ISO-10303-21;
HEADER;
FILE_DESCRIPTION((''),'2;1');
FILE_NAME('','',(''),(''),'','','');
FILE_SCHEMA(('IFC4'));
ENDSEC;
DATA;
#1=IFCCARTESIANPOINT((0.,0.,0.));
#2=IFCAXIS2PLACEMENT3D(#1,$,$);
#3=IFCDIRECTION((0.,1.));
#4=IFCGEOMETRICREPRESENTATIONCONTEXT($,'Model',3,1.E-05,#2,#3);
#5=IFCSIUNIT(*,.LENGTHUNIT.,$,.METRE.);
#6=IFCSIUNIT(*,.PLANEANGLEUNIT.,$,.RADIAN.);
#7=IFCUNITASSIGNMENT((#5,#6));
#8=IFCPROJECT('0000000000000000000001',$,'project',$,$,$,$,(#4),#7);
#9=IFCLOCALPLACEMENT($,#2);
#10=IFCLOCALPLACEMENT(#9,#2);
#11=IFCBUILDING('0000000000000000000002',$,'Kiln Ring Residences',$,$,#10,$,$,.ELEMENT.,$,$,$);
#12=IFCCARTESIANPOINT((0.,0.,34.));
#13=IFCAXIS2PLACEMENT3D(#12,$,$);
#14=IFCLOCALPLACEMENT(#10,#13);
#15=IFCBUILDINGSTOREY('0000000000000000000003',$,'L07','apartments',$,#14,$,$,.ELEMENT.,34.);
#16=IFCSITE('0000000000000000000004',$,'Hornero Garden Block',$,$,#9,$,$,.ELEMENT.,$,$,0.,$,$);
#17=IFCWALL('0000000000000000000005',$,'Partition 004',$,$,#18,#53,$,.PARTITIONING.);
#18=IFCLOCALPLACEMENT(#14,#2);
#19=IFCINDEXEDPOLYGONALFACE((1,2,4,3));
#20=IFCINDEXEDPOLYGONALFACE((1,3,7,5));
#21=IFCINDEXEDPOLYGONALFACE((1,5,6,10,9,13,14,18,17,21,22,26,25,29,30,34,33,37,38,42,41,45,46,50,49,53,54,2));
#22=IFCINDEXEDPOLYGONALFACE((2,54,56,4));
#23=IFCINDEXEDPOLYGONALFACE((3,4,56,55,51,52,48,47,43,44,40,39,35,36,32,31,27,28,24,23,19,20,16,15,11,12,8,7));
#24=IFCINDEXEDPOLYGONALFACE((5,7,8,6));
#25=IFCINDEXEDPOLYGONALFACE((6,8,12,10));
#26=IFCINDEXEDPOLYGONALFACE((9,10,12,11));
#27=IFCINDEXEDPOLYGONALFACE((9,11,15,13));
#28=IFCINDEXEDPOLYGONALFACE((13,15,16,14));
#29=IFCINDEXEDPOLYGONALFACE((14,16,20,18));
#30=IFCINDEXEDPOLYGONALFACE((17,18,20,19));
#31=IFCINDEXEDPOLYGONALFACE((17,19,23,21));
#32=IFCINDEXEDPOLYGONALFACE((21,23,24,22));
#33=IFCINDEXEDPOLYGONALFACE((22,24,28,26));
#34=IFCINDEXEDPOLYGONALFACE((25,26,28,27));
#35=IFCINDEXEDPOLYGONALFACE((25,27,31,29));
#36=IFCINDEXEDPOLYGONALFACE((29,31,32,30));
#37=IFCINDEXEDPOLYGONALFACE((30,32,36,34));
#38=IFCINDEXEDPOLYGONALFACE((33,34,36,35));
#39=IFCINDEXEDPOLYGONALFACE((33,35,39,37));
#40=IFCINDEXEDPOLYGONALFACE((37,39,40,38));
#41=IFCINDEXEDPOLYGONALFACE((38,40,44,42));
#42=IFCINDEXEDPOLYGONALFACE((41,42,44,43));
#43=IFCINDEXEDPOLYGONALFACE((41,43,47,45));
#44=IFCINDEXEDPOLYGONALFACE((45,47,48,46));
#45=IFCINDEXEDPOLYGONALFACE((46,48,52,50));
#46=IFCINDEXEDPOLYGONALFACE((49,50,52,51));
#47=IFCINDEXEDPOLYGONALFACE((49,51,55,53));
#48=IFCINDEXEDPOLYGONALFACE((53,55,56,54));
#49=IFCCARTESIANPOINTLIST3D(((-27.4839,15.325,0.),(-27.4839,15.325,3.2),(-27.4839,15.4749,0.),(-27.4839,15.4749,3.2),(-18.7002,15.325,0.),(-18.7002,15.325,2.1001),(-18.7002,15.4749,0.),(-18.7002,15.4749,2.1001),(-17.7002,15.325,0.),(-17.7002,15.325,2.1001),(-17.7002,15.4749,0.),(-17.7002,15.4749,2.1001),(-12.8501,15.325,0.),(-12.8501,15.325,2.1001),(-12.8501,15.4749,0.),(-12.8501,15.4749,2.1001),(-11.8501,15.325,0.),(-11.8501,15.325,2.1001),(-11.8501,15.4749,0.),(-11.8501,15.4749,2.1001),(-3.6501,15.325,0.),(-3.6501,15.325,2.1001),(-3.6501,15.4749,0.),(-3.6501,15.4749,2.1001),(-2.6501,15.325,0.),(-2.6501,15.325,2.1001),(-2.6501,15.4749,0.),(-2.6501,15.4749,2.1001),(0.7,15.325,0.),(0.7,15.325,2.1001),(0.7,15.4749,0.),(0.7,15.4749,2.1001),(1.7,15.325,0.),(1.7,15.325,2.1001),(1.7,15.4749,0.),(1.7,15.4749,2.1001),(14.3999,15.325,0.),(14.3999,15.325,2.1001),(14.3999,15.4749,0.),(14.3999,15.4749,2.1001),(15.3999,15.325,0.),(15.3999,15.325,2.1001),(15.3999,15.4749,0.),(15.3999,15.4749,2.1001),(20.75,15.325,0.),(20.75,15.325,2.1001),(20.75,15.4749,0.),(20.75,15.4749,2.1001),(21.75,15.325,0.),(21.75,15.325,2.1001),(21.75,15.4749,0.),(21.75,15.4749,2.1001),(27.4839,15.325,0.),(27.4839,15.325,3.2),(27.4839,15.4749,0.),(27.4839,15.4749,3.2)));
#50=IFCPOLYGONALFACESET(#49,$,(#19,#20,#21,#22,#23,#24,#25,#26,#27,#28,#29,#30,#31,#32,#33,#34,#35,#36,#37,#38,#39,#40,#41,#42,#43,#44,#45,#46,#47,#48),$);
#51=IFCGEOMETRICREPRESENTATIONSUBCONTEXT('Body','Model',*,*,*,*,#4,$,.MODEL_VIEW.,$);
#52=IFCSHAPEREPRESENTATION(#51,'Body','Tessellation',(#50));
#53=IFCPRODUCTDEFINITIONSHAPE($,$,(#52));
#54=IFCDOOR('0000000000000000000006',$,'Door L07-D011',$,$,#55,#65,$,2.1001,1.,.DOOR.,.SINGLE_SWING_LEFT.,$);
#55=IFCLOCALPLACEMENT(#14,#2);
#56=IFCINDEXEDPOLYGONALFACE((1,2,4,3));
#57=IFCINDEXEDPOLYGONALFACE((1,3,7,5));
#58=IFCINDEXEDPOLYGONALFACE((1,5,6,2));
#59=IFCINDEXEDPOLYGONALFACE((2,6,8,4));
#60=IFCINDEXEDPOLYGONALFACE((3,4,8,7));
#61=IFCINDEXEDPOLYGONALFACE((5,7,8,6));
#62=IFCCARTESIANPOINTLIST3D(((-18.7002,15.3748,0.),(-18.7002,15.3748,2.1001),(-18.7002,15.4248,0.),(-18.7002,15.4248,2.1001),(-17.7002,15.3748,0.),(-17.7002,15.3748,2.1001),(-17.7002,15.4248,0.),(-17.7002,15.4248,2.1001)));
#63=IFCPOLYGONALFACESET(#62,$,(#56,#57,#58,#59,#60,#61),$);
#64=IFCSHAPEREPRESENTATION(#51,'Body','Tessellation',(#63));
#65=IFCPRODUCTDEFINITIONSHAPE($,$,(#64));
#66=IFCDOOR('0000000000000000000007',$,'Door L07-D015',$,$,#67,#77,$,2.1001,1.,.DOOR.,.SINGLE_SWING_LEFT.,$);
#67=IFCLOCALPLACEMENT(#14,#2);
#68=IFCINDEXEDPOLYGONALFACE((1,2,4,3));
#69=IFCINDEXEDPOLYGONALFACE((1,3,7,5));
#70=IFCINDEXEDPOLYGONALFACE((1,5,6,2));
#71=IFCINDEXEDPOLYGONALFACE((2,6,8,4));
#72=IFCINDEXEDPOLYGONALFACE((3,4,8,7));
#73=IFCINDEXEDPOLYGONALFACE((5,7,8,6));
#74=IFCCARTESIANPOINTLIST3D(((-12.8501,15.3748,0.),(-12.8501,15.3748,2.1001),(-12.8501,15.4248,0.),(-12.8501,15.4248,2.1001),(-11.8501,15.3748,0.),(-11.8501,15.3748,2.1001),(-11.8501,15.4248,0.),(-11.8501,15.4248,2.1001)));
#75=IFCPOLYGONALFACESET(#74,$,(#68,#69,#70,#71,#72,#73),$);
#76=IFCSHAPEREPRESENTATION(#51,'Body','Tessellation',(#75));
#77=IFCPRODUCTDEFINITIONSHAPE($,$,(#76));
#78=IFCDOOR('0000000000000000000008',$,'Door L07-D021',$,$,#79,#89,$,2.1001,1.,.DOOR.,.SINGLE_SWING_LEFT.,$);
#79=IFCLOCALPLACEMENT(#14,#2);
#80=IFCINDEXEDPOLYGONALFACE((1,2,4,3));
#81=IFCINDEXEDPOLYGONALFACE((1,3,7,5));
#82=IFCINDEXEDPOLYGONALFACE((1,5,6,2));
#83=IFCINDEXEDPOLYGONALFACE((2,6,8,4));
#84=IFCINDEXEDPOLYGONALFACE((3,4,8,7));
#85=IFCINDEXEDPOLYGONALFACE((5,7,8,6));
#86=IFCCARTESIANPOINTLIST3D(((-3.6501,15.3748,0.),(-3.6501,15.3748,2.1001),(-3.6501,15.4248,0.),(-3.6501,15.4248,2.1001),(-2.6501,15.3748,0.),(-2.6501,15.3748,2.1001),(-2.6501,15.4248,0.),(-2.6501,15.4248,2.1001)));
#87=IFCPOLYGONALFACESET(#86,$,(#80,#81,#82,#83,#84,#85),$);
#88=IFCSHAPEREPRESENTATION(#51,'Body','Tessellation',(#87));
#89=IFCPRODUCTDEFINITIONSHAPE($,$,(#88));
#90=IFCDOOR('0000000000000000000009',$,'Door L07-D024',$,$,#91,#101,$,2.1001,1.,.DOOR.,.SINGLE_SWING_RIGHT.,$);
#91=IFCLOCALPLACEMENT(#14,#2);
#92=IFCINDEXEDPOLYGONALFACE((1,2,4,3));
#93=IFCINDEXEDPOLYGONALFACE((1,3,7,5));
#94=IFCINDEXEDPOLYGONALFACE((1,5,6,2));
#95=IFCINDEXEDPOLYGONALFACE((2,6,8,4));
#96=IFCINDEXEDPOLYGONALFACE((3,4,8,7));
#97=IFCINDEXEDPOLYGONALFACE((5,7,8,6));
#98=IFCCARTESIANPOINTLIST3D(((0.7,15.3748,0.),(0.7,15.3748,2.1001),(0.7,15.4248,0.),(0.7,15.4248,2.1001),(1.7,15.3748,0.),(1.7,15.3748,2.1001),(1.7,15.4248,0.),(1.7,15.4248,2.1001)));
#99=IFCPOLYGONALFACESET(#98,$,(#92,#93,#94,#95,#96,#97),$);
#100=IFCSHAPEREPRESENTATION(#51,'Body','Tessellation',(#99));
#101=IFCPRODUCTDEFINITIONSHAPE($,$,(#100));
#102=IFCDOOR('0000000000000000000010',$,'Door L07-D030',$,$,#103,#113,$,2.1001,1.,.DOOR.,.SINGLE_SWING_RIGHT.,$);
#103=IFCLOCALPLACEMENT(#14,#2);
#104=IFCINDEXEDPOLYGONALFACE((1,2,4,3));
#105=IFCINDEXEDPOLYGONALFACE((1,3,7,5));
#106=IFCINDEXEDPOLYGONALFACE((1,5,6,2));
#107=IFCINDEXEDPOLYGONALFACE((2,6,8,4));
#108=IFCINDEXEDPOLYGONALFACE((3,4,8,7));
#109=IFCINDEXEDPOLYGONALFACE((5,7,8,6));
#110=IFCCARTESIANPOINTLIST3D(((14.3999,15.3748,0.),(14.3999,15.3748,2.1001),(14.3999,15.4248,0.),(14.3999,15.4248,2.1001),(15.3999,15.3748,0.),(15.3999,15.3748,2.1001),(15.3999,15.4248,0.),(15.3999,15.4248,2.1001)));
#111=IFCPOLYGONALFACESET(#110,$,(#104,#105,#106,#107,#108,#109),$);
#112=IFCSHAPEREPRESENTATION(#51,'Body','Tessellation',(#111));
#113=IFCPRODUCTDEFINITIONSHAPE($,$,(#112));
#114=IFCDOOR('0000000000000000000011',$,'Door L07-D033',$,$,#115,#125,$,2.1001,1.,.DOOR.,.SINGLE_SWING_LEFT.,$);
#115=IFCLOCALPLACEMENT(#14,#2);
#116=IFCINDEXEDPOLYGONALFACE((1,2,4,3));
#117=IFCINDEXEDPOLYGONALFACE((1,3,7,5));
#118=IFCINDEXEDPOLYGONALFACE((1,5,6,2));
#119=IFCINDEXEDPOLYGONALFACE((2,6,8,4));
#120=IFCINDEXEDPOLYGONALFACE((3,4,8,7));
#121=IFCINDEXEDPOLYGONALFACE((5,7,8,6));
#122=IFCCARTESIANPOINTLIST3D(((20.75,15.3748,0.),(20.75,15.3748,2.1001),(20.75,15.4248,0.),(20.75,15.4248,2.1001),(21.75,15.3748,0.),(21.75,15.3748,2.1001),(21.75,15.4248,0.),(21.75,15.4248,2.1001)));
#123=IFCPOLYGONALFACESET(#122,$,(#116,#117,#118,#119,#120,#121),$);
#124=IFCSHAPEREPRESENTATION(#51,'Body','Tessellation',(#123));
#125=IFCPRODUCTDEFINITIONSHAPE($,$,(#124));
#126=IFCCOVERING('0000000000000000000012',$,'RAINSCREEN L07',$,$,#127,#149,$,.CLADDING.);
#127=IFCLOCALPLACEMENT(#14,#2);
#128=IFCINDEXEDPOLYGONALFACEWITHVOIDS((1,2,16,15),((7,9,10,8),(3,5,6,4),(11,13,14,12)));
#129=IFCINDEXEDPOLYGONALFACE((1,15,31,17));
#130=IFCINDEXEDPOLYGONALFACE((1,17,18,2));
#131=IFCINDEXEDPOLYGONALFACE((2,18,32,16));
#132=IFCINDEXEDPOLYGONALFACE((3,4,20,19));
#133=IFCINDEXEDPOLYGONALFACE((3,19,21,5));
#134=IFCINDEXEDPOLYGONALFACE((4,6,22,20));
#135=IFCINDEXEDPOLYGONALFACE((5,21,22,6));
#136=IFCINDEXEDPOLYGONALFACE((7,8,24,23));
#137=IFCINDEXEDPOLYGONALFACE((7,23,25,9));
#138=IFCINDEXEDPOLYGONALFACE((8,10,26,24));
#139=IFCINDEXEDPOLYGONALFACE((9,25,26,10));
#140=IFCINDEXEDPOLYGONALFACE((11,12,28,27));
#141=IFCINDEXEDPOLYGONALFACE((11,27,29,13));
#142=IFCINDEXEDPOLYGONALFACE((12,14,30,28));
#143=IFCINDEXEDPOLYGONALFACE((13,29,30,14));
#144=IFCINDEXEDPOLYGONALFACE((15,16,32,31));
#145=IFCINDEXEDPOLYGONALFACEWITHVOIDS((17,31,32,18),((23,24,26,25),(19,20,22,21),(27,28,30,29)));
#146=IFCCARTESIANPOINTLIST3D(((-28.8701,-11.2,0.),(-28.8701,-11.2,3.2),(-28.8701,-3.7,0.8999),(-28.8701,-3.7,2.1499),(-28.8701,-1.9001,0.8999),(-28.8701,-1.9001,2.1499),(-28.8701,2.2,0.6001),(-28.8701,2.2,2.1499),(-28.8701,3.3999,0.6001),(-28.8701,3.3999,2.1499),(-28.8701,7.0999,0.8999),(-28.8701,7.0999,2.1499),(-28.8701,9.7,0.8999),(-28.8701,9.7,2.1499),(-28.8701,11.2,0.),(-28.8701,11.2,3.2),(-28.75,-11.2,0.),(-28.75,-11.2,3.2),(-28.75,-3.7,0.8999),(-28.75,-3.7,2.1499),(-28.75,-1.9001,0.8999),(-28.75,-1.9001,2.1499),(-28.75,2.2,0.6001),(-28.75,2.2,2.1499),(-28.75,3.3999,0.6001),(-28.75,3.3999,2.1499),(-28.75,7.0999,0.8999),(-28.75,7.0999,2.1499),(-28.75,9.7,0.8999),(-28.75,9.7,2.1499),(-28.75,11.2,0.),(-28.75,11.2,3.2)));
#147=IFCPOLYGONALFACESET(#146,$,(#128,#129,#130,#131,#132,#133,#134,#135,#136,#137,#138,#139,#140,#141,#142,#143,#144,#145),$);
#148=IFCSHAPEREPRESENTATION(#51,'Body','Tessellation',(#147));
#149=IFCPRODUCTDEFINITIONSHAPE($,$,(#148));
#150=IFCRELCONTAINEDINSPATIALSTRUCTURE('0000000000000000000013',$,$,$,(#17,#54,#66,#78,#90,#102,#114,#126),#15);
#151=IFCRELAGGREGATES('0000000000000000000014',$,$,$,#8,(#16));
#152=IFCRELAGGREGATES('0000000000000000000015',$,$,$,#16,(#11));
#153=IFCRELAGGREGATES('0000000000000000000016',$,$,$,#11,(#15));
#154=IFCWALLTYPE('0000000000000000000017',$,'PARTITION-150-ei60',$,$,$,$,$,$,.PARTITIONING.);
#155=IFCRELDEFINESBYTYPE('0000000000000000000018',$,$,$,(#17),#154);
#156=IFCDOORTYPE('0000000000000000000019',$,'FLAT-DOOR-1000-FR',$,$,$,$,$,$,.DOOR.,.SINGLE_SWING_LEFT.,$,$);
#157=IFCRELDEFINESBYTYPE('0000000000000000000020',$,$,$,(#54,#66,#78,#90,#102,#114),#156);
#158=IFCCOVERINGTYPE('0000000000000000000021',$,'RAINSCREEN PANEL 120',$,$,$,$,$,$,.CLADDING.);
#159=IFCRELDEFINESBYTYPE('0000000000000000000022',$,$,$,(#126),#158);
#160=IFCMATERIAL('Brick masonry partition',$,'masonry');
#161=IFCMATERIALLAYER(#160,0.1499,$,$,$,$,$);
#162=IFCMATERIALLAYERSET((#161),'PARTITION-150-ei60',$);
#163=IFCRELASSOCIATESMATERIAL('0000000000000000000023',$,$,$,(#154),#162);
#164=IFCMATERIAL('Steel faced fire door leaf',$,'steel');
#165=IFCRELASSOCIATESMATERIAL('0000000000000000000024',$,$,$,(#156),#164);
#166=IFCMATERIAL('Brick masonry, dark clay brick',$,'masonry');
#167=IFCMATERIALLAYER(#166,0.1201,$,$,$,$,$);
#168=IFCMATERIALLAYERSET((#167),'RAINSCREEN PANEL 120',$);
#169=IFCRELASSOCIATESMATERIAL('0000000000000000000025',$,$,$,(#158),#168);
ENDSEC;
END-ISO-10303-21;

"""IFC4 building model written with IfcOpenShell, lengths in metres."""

from ifc_helpers import new_model, si_unit, direction, frame, frame_2d, origin, place, context, subcontext, project, spatial, polyline, rectangle, outline, extrude, material, layer, layer_set, type_object, element, fill, save


model = new_model("IFC4")

# Units and contexts
model_context = context("Model", 3, precision=1e-05, world=origin(), true_north=direction((0.0, 1.0)))
body_context = subcontext(model_context, "Body", "Model", "MODEL_VIEW")
ifc_project = project(units=[si_unit("LENGTHUNIT", "METRE"), si_unit("PLANEANGLEUNIT", "RADIAN")], contexts=[model_context])

# Site, building, storey
site_placement = place(None, origin())
site = spatial("IfcSite", under=ifc_project, at=site_placement, Name="Hornero Garden Block", CompositionType="ELEMENT", RefElevation=0.0)
building_placement = place(site_placement, origin())
building = spatial("IfcBuilding", under=site, at=building_placement, Name="Kiln Ring Residences", CompositionType="ELEMENT")
storey_placement = place(building_placement, frame((0.0, 0.0, 34.0)))
storey = spatial("IfcBuildingStorey", under=building, at=storey_placement, Name="L07", Description="apartments", CompositionType="ELEMENT", Elevation=34.0)

# Wall, openings, doors
ifc_material_1 = material(Name="Brick masonry partition", Category="masonry")
ifc_layer_1 = layer(ifc_material_1, 0.1499)
ifc_layer_set_1 = layer_set([ifc_layer_1], Name="PARTITION-150-ei60")
wall_type_1 = type_object("IfcWallType", Name="PARTITION-150-ei60", PredefinedType="PARTITIONING", material=ifc_layer_set_1)
wall_1_placement = place(storey_placement, frame((-27.4839, 15.3999, 0.0), z_axis=(0.0, 0.0, 1.0), x_axis=(1.0, 0.0, 0.0)))
wall_1 = element("IfcWall", 1, at=wall_1_placement, inside=storey, type_object=wall_type_1, Name="Partition 004", PredefinedType="PARTITIONING", context=body_context, shape_type="SweptSolid", body=[
    extrude(rectangle(XDim=54.9678, YDim=0.1499, at=frame_2d((27.4839, 0.0))), origin(), (0.0, 0.0, 1.0), 3.2),
])
opening_1_placement = place(wall_1_placement, frame((8.7837, 0.0, 0.0)))
opening_1 = element("IfcOpeningElement", 2, at=opening_1_placement, cuts=wall_1, PredefinedType="OPENING", context=body_context, shape_type="SweptSolid", body=[
    extrude(rectangle(XDim=1.0, YDim=2.1001, at=frame_2d((0.5, 1.05))), frame((0.0, 0.085, 0.0), z_axis=(0.0, -1.0, 0.0), x_axis=(1.0, 0.0, 0.0)), (0.0, 0.0, 1.0), 0.1699),
])
opening_2_placement = place(wall_1_placement, frame((14.6338, 0.0, 0.0)))
opening_2 = element("IfcOpeningElement", 3, at=opening_2_placement, cuts=wall_1, PredefinedType="OPENING", context=body_context, shape_type="SweptSolid", body=[
    extrude(rectangle(XDim=1.0, YDim=2.1001, at=frame_2d((0.5, 1.05))), frame((0.0, 0.085, 0.0), z_axis=(0.0, -1.0, 0.0), x_axis=(1.0, 0.0, 0.0)), (0.0, 0.0, 1.0), 0.1699),
])
opening_3_placement = place(wall_1_placement, frame((23.8337, 0.0, 0.0)))
opening_3 = element("IfcOpeningElement", 4, at=opening_3_placement, cuts=wall_1, PredefinedType="OPENING", context=body_context, shape_type="SweptSolid", body=[
    extrude(rectangle(XDim=1.0, YDim=2.1001, at=frame_2d((0.5, 1.05))), frame((0.0, 0.085, 0.0), z_axis=(0.0, -1.0, 0.0), x_axis=(1.0, 0.0, 0.0)), (0.0, 0.0, 1.0), 0.1699),
])
opening_4_placement = place(wall_1_placement, frame((28.1838, 0.0, 0.0)))
opening_4 = element("IfcOpeningElement", 5, at=opening_4_placement, cuts=wall_1, PredefinedType="OPENING", context=body_context, shape_type="SweptSolid", body=[
    extrude(rectangle(XDim=1.0, YDim=2.1001, at=frame_2d((0.5, 1.05))), frame((0.0, 0.085, 0.0), z_axis=(0.0, -1.0, 0.0), x_axis=(1.0, 0.0, 0.0)), (0.0, 0.0, 1.0), 0.1699),
])
opening_5_placement = place(wall_1_placement, frame((41.8838, 0.0, 0.0)))
opening_5 = element("IfcOpeningElement", 6, at=opening_5_placement, cuts=wall_1, PredefinedType="OPENING", context=body_context, shape_type="SweptSolid", body=[
    extrude(rectangle(XDim=1.0, YDim=2.1001, at=frame_2d((0.5, 1.05))), frame((0.0, 0.085, 0.0), z_axis=(0.0, -1.0, 0.0), x_axis=(1.0, 0.0, 0.0)), (0.0, 0.0, 1.0), 0.1699),
])
opening_6_placement = place(wall_1_placement, frame((48.2339, 0.0, 0.0)))
opening_6 = element("IfcOpeningElement", 7, at=opening_6_placement, cuts=wall_1, PredefinedType="OPENING", context=body_context, shape_type="SweptSolid", body=[
    extrude(rectangle(XDim=1.0, YDim=2.1001, at=frame_2d((0.5, 1.05))), frame((0.0, 0.085, 0.0), z_axis=(0.0, -1.0, 0.0), x_axis=(1.0, 0.0, 0.0)), (0.0, 0.0, 1.0), 0.1699),
])
ifc_material_2 = material(Name="Steel faced fire door leaf", Category="steel")
door_type = type_object("IfcDoorType", Name="FLAT-DOOR-1000-FR", OperationType="SINGLE_SWING_LEFT", PredefinedType="DOOR", material=ifc_material_2)
door_1_placement = place(opening_1_placement, origin())
door_1 = element("IfcDoor", 8, at=door_1_placement, inside=storey, type_object=door_type, Name="Door L07-D011", OperationType="SINGLE_SWING_LEFT", OverallHeight=2.1001, OverallWidth=1.0, PredefinedType="DOOR", context=body_context, shape_type="SweptSolid", body=[
    extrude(rectangle(XDim=1.0, YDim=2.1001, at=frame_2d((0.5, 1.05))), frame((0.0, 0.0249, 0.0), z_axis=(0.0, -1.0, 0.0), x_axis=(1.0, 0.0, 0.0)), (0.0, 0.0, 1.0), 0.05),
])
fill(opening_1, door_1)
door_2_placement = place(opening_2_placement, origin())
door_2 = element("IfcDoor", 9, at=door_2_placement, inside=storey, type_object=door_type, Name="Door L07-D015", OperationType="SINGLE_SWING_LEFT", OverallHeight=2.1001, OverallWidth=1.0, PredefinedType="DOOR", context=body_context, shape_type="SweptSolid", body=[
    extrude(rectangle(XDim=1.0, YDim=2.1001, at=frame_2d((0.5, 1.05))), frame((0.0, 0.0249, 0.0), z_axis=(0.0, -1.0, 0.0), x_axis=(1.0, 0.0, 0.0)), (0.0, 0.0, 1.0), 0.05),
])
fill(opening_2, door_2)
door_3_placement = place(opening_3_placement, origin())
door_3 = element("IfcDoor", 10, at=door_3_placement, inside=storey, type_object=door_type, Name="Door L07-D021", OperationType="SINGLE_SWING_LEFT", OverallHeight=2.1001, OverallWidth=1.0, PredefinedType="DOOR", context=body_context, shape_type="SweptSolid", body=[
    extrude(rectangle(XDim=1.0, YDim=2.1001, at=frame_2d((0.5, 1.05))), frame((0.0, 0.0249, 0.0), z_axis=(0.0, -1.0, 0.0), x_axis=(1.0, 0.0, 0.0)), (0.0, 0.0, 1.0), 0.05),
])
fill(opening_3, door_3)
door_4_placement = place(opening_4_placement, origin())
door_4 = element("IfcDoor", 11, at=door_4_placement, inside=storey, type_object=door_type, Name="Door L07-D024", OperationType="SINGLE_SWING_RIGHT", OverallHeight=2.1001, OverallWidth=1.0, PredefinedType="DOOR", context=body_context, shape_type="SweptSolid", body=[
    extrude(rectangle(XDim=1.0, YDim=2.1001, at=frame_2d((0.5, 1.05))), frame((0.0, 0.0249, 0.0), z_axis=(0.0, -1.0, 0.0), x_axis=(1.0, 0.0, 0.0)), (0.0, 0.0, 1.0), 0.05),
])
fill(opening_4, door_4)
door_5_placement = place(opening_5_placement, origin())
door_5 = element("IfcDoor", 12, at=door_5_placement, inside=storey, type_object=door_type, Name="Door L07-D030", OperationType="SINGLE_SWING_RIGHT", OverallHeight=2.1001, OverallWidth=1.0, PredefinedType="DOOR", context=body_context, shape_type="SweptSolid", body=[
    extrude(rectangle(XDim=1.0, YDim=2.1001, at=frame_2d((0.5, 1.05))), frame((0.0, 0.0249, 0.0), z_axis=(0.0, -1.0, 0.0), x_axis=(1.0, 0.0, 0.0)), (0.0, 0.0, 1.0), 0.05),
])
fill(opening_5, door_5)
door_6_placement = place(opening_6_placement, origin())
door_6 = element("IfcDoor", 13, at=door_6_placement, inside=storey, type_object=door_type, Name="Door L07-D033", OperationType="SINGLE_SWING_LEFT", OverallHeight=2.1001, OverallWidth=1.0, PredefinedType="DOOR", context=body_context, shape_type="SweptSolid", body=[
    extrude(rectangle(XDim=1.0, YDim=2.1001, at=frame_2d((0.5, 1.05))), frame((0.0, 0.0249, 0.0), z_axis=(0.0, -1.0, 0.0), x_axis=(1.0, 0.0, 0.0)), (0.0, 0.0, 1.0), 0.05),
])
fill(opening_6, door_6)

# Covering
ifc_material_3 = material(Name="Brick masonry, dark clay brick", Category="masonry")
ifc_layer_2 = layer(ifc_material_3, 0.1201)
ifc_layer_set_2 = layer_set([ifc_layer_2], Name="RAINSCREEN PANEL 120")
covering_type = type_object("IfcCoveringType", Name="RAINSCREEN PANEL 120", PredefinedType="CLADDING", material=ifc_layer_set_2)
covering_placement = place(storey_placement, frame((-28.8101, 11.2, 0.0), z_axis=(0.0, 0.0, 1.0), x_axis=(0.0, -1.0, 0.0)))
element("IfcCovering", 14, at=covering_placement, inside=storey, type_object=covering_type, Name="RAINSCREEN L07", PredefinedType="CLADDING", context=body_context, shape_type="SweptSolid", body=[
    extrude(outline(polyline([(0.0, 0.0), (22.3999, 0.0), (22.3999, 3.2), (0.0, 3.2), (0.0, 0.0)]), holes=[polyline([(9.0, 2.1499), (7.8, 2.1499), (7.8, 0.6001), (9.0, 0.6001), (9.0, 2.1499)]), polyline([(4.1001, 0.8999), (4.1001, 2.1499), (1.5, 2.1499), (1.5, 0.8999), (4.1001, 0.8999)]), polyline([(14.8999, 0.8999), (14.8999, 2.1499), (13.1001, 2.1499), (13.1001, 0.8999), (14.8999, 0.8999)])]), frame((0.0, 0.0601, 0.0), z_axis=(0.0, -1.0, 0.0), x_axis=(1.0, 0.0, 0.0)), (0.0, 0.0, 1.0), 0.1201),
])

save(model, "model.ifc")
